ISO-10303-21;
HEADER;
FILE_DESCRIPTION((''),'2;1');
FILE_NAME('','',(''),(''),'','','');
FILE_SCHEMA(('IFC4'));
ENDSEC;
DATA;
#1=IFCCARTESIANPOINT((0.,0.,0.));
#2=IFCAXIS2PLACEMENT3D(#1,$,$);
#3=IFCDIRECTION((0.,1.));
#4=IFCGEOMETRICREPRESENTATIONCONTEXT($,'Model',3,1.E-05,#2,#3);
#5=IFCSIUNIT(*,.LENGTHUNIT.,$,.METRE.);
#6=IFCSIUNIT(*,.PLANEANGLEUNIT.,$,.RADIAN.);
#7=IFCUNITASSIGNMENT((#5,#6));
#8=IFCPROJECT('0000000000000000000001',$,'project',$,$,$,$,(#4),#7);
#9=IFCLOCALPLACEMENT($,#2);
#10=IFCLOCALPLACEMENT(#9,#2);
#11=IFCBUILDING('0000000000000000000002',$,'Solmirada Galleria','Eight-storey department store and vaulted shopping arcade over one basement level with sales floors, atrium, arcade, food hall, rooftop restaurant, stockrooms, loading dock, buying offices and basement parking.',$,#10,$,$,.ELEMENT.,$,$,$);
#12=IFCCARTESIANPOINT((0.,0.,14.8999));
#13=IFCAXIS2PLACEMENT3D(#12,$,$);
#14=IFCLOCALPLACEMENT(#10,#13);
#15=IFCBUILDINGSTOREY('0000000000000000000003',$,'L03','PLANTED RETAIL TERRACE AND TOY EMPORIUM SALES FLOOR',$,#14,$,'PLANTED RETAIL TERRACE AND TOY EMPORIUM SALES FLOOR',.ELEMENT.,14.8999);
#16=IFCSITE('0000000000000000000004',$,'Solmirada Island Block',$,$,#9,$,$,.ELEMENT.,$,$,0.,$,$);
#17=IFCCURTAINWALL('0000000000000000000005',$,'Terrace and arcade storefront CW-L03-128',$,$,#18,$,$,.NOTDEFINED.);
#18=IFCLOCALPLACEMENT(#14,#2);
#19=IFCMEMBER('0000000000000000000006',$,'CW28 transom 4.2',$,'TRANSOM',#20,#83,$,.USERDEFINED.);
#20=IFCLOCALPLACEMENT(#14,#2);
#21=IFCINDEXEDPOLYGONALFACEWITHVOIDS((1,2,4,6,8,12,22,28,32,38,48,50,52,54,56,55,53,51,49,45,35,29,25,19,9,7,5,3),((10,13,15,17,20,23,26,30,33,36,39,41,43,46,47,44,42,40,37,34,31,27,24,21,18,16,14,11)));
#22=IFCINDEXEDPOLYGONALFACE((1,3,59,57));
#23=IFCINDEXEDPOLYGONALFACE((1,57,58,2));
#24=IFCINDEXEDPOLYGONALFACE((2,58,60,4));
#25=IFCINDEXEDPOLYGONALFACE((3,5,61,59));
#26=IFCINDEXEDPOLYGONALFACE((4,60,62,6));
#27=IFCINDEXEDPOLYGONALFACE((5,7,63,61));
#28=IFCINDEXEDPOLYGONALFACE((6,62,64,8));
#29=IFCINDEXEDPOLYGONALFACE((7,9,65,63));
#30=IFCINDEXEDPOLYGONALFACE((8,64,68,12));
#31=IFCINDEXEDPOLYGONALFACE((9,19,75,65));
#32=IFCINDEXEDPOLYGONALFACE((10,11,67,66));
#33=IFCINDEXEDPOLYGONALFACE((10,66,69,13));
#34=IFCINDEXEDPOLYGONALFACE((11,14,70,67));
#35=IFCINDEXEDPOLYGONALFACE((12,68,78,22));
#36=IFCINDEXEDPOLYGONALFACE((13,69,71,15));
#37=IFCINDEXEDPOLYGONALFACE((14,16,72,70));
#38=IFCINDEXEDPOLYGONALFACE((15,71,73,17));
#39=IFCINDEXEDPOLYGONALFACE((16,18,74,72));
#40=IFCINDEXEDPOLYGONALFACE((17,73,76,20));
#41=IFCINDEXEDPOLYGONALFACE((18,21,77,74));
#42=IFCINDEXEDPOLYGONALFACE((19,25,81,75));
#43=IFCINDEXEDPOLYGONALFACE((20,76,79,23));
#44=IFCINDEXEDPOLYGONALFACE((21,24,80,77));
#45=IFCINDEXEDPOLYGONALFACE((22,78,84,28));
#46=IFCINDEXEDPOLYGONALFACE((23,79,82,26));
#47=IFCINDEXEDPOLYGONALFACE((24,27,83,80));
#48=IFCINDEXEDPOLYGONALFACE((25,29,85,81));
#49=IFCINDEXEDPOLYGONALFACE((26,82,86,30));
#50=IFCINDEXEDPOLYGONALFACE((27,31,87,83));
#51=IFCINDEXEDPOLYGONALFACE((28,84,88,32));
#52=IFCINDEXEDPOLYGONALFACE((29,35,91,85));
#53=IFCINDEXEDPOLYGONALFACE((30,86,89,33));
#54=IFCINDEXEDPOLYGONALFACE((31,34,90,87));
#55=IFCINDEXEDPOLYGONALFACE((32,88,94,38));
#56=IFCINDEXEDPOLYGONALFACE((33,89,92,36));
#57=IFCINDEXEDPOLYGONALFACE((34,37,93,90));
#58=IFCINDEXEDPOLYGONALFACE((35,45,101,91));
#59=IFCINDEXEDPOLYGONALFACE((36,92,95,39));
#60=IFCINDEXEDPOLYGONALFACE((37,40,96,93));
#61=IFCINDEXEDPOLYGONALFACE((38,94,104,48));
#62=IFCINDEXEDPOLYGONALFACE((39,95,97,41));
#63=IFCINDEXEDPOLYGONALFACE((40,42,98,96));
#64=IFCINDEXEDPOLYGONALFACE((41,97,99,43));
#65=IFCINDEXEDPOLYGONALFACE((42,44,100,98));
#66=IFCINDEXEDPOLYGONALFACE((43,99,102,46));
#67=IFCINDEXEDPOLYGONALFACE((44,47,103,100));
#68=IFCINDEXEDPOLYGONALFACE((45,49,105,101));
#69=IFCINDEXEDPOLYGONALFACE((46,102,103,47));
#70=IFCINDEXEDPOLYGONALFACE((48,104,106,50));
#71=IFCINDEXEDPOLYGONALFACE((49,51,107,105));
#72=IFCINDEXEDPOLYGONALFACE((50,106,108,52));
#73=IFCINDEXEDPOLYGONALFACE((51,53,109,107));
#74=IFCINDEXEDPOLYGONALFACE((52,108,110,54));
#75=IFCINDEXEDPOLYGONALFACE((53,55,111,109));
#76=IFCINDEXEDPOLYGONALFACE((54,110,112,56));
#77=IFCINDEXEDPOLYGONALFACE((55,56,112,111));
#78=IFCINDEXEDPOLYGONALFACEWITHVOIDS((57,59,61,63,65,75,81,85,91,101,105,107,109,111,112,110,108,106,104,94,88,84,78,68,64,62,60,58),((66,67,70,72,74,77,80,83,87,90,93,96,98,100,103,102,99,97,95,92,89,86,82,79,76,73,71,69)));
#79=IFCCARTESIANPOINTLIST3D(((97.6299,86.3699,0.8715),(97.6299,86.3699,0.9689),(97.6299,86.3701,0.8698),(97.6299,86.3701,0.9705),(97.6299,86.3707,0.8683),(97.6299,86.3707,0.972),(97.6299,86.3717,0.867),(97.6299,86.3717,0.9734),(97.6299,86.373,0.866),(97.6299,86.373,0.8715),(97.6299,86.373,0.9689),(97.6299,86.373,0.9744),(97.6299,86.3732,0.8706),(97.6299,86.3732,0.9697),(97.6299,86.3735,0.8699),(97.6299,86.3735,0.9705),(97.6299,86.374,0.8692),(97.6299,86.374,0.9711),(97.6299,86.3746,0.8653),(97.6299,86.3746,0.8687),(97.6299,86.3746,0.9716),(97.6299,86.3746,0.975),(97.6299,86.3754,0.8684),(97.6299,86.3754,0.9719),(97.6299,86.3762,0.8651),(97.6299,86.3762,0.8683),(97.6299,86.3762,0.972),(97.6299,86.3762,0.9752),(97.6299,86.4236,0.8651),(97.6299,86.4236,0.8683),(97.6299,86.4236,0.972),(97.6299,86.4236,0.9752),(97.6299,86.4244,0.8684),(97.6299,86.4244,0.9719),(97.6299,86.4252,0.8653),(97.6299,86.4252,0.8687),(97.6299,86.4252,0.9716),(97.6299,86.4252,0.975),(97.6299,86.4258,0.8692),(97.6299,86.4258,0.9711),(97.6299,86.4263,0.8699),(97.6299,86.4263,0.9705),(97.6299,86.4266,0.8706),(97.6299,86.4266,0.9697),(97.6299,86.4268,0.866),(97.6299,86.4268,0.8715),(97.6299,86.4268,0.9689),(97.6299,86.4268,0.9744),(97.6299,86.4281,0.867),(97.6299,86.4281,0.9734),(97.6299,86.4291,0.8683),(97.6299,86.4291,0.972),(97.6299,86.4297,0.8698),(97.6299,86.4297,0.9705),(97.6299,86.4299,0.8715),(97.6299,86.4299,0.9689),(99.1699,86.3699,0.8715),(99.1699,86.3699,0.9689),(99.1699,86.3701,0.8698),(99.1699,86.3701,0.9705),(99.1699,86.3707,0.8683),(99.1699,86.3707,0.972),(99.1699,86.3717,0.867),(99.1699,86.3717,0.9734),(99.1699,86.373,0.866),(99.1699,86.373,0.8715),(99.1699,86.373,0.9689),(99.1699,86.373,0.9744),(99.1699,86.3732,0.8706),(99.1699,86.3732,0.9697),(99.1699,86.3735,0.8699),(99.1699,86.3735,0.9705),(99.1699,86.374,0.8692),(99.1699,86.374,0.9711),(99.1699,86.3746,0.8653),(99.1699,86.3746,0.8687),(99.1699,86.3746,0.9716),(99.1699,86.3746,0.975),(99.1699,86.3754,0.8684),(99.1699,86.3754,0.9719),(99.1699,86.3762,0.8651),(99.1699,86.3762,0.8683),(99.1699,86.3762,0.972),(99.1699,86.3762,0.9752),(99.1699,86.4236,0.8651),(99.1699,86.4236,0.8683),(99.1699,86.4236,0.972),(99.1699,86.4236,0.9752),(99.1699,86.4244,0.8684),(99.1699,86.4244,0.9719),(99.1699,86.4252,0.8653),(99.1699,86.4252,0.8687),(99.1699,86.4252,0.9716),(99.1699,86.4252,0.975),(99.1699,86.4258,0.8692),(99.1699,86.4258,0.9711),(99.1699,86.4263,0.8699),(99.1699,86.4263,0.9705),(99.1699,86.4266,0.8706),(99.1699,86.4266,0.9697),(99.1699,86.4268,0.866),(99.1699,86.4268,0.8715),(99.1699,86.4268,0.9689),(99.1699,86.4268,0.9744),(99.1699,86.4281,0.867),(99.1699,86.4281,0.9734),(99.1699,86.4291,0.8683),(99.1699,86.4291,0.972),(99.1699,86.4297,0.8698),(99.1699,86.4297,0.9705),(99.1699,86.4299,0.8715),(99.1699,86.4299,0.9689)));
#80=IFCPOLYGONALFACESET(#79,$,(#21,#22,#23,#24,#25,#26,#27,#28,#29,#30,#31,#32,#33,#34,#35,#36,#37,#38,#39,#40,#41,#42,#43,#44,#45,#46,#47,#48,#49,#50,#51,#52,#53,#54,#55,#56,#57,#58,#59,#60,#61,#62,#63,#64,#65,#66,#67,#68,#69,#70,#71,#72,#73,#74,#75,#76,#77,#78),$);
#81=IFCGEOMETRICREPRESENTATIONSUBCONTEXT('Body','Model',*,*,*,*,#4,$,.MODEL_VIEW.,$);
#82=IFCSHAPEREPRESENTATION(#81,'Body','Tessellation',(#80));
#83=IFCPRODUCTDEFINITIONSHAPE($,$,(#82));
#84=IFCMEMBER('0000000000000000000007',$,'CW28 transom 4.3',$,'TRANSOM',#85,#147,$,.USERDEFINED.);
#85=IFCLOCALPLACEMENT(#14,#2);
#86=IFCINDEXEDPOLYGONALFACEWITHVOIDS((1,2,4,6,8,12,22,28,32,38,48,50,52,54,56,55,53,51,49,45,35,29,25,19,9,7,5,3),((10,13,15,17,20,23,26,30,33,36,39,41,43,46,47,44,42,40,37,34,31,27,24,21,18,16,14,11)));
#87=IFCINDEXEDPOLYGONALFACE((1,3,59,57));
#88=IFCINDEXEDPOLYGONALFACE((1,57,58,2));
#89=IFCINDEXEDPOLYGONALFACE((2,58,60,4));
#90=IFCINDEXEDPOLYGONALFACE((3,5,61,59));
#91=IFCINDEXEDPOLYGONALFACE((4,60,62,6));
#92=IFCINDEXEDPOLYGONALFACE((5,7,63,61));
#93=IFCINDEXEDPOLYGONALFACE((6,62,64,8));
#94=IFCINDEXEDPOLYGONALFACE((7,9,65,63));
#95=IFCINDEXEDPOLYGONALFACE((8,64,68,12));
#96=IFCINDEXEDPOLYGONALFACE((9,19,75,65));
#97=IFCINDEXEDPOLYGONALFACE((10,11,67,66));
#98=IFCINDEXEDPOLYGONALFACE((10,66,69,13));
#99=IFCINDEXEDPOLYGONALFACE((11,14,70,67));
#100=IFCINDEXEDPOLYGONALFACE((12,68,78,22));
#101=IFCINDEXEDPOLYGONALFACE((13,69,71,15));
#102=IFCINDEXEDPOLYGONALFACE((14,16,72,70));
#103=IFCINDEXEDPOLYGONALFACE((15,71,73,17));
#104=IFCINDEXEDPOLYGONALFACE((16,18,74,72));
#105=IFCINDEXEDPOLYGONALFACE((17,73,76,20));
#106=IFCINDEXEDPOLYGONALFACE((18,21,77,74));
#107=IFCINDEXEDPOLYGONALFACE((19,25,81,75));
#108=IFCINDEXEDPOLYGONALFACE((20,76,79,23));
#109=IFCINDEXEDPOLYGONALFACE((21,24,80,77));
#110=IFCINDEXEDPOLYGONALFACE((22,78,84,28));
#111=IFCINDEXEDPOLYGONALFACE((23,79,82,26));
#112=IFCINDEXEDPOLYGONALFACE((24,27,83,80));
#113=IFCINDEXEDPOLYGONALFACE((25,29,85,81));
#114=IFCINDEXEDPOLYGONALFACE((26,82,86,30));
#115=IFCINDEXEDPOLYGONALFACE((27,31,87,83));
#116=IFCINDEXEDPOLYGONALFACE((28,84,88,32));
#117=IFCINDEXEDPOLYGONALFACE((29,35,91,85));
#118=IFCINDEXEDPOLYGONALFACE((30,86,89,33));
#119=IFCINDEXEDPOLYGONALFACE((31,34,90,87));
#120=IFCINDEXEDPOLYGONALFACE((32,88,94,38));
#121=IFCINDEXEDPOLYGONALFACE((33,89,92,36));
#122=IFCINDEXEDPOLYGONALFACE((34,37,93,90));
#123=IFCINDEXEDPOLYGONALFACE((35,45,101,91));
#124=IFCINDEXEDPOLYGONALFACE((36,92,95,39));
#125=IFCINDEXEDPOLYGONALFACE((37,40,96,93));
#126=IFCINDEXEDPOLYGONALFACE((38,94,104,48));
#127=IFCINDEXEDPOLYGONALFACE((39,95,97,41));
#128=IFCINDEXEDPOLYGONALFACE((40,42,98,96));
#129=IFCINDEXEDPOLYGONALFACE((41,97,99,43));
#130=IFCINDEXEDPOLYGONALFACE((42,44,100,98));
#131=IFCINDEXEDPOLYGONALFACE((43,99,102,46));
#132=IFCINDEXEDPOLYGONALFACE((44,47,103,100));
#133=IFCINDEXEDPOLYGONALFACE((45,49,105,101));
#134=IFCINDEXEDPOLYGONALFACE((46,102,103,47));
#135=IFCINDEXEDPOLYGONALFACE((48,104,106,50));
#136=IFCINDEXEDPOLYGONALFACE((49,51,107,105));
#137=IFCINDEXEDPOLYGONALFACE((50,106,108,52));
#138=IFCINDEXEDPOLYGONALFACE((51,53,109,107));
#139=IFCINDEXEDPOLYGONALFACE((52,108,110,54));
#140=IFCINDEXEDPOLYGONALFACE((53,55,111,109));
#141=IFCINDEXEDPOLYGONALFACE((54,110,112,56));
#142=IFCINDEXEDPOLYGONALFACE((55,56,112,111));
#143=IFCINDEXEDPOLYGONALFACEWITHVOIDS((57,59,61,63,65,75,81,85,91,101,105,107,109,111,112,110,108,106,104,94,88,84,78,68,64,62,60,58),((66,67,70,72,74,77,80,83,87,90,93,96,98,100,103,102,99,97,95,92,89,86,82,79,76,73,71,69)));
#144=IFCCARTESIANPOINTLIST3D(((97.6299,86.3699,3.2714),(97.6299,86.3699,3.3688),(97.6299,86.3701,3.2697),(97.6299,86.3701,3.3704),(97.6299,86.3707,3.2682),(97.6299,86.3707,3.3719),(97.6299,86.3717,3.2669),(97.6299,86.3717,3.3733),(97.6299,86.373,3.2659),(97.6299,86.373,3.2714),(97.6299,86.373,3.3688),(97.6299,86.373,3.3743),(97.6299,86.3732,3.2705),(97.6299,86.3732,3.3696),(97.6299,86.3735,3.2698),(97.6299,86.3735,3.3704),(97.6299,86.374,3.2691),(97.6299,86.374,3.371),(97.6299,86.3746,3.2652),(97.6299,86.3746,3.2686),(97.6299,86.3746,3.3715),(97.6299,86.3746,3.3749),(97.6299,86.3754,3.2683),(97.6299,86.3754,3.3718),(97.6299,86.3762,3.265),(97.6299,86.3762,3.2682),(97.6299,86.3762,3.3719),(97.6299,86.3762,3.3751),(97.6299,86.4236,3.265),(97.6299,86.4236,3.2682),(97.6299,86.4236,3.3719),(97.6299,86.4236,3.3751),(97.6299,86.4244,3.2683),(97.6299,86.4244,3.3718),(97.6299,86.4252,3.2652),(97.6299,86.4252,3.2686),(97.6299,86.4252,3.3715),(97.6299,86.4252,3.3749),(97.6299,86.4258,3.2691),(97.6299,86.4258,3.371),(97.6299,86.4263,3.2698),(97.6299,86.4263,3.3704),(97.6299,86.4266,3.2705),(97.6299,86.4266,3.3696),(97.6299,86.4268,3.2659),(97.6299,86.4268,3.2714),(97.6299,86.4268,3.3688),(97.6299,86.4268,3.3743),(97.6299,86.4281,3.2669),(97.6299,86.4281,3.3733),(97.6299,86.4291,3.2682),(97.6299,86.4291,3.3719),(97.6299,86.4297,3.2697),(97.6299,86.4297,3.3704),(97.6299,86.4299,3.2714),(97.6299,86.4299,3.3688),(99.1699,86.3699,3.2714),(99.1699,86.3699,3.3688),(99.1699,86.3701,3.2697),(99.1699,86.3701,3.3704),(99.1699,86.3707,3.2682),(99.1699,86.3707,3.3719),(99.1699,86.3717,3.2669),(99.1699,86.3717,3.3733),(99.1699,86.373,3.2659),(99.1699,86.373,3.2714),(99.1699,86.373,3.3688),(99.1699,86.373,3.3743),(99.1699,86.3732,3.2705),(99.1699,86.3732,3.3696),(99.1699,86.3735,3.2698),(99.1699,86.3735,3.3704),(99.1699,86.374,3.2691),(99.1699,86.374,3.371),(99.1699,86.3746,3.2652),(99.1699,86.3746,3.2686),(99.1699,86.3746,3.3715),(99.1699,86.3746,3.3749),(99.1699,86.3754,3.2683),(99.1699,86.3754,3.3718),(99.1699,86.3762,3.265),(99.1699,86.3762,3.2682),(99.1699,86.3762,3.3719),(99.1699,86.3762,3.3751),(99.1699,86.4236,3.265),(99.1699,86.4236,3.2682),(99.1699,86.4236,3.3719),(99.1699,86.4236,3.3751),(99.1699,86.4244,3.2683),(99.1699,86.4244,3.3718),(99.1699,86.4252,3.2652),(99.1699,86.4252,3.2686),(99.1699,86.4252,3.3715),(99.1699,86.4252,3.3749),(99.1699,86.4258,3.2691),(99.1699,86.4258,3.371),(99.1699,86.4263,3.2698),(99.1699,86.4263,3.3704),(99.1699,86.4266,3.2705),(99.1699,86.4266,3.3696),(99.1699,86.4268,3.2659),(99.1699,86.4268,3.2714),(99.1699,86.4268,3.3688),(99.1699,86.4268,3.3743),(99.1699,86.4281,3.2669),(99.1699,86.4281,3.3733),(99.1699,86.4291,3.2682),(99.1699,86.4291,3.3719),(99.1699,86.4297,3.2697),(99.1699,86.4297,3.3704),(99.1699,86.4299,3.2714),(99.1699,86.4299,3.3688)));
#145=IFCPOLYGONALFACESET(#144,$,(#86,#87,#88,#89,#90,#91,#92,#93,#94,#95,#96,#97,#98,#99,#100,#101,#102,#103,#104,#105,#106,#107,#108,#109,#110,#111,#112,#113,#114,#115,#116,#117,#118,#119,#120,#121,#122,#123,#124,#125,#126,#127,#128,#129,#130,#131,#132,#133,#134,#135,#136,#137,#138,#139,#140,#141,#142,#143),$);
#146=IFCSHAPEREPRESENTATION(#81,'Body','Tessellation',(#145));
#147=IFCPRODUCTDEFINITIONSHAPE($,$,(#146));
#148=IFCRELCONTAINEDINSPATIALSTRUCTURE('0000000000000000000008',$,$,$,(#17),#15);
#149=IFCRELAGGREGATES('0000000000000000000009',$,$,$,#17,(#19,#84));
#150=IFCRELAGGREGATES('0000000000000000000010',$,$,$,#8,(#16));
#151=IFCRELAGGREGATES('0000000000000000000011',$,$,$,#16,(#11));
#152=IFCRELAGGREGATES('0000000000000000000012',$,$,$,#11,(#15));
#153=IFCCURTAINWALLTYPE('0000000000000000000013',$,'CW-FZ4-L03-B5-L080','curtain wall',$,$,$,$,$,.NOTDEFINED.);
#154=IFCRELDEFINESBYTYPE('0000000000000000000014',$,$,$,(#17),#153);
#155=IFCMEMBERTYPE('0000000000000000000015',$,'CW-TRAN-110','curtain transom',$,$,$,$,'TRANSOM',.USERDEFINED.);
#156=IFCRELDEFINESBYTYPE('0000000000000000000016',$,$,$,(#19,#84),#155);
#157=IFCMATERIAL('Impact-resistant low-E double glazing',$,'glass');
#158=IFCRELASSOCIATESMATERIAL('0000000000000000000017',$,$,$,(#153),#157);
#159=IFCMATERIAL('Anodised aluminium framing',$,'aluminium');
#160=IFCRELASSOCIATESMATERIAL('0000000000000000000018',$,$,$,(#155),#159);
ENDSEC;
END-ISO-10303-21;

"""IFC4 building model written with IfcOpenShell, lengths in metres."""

from ifc_helpers import new_model, si_unit, direction, frame, origin, origin_2d, place, context, subcontext, project, spatial, hollow_rectangle, extrude, material, material_profile, profile_set, type_object, element, aggregate, save


model = new_model("IFC4")

# Units and contexts
model_context = context("Model", 3, precision=1e-05, world=origin(), true_north=direction((0.0, 1.0)))
body_context = subcontext(model_context, "Body", "Model", "MODEL_VIEW")
ifc_project = project(units=[si_unit("LENGTHUNIT", "METRE"), si_unit("PLANEANGLEUNIT", "RADIAN")], contexts=[model_context])

# Site, building, storey
site_placement = place(None, origin())
site = spatial("IfcSite", under=ifc_project, at=site_placement, Name="Solmirada Island Block", CompositionType="ELEMENT", RefElevation=0.0)
building_placement = place(site_placement, origin())
building = spatial("IfcBuilding", under=site, at=building_placement, Name="Solmirada Galleria", Description="Eight-storey department store and vaulted shopping arcade over one basement level with sales floors, atrium, arcade, food hall, rooftop restaurant, stockrooms, loading dock, buying offices and basement parking.", CompositionType="ELEMENT")
storey_placement = place(building_placement, frame((0.0, 0.0, 14.8999)))
storey = spatial("IfcBuildingStorey", under=building, at=storey_placement, Name="L03", Description="PLANTED RETAIL TERRACE AND TOY EMPORIUM SALES FLOOR", LongName="PLANTED RETAIL TERRACE AND TOY EMPORIUM SALES FLOOR", CompositionType="ELEMENT", Elevation=14.8999)

# Shared definitions
ifc_material_1 = material(Name="Impact-resistant low-E double glazing", Category="glass")
curtain_wall_type = type_object("IfcCurtainWallType", Name="CW-FZ4-L03-B5-L080", Description="curtain wall", PredefinedType="NOTDEFINED", material=ifc_material_1)
ifc_material_2 = material(Name="Anodised aluminium framing", Category="aluminium")

# Curtain wall
curtain_wall_1_placement = place(storey_placement, origin())
curtain_wall_1 = element("IfcCurtainWall", 1, at=curtain_wall_1_placement, inside=storey, type_object=curtain_wall_type, Name="Terrace and arcade storefront CW-L03-128", PredefinedType="NOTDEFINED")

# Members
ifc_material_profile_1 = material_profile(ifc_material_2, hollow_rectangle(XDim=0.0601, YDim=0.1101, WallThickness=0.0032, InnerFilletRadius=0.0032, OuterFilletRadius=0.0063, at=origin_2d()), Name="ALU-TRAN-110X60")
ifc_profile_set_1 = profile_set([ifc_material_profile_1], Name="Anodised aluminium framing")
member_type_1 = type_object("IfcMemberType", Name="CW-TRAN-110", Description="curtain transom", ElementType="TRANSOM", PredefinedType="USERDEFINED", material=ifc_profile_set_1)
member_1_placement = place(storey_placement, frame((99.1699, 86.3999, 0.9202), z_axis=(-1.0, 0.0, 0.0), x_axis=(0.0, -1.0, 0.0)))
member_1 = element("IfcMember", 2, at=member_1_placement, type_object=member_type_1, Name="CW28 transom 4.2", ObjectType="TRANSOM", PredefinedType="USERDEFINED", context=body_context, shape_type="SweptSolid", body=[
    extrude(hollow_rectangle(XDim=0.0601, YDim=0.1101, WallThickness=0.0032, InnerFilletRadius=0.0032, OuterFilletRadius=0.0063, at=origin_2d()), origin(), (0.0, 0.0, 1.0), 1.54),
])
member_2_placement = place(storey_placement, frame((99.1699, 86.3999, 3.3201), z_axis=(-1.0, 0.0, 0.0), x_axis=(0.0, -1.0, 0.0)))
member_2 = element("IfcMember", 3, at=member_2_placement, type_object=member_type_1, Name="CW28 transom 4.3", ObjectType="TRANSOM", PredefinedType="USERDEFINED", context=body_context, shape_type="SweptSolid", body=[
    extrude(hollow_rectangle(XDim=0.0601, YDim=0.1101, WallThickness=0.0032, InnerFilletRadius=0.0032, OuterFilletRadius=0.0063, at=origin_2d()), origin(), (0.0, 0.0, 1.0), 1.54),
])

aggregate(curtain_wall_1, [member_1, member_2])

save(model, "model.ifc")
